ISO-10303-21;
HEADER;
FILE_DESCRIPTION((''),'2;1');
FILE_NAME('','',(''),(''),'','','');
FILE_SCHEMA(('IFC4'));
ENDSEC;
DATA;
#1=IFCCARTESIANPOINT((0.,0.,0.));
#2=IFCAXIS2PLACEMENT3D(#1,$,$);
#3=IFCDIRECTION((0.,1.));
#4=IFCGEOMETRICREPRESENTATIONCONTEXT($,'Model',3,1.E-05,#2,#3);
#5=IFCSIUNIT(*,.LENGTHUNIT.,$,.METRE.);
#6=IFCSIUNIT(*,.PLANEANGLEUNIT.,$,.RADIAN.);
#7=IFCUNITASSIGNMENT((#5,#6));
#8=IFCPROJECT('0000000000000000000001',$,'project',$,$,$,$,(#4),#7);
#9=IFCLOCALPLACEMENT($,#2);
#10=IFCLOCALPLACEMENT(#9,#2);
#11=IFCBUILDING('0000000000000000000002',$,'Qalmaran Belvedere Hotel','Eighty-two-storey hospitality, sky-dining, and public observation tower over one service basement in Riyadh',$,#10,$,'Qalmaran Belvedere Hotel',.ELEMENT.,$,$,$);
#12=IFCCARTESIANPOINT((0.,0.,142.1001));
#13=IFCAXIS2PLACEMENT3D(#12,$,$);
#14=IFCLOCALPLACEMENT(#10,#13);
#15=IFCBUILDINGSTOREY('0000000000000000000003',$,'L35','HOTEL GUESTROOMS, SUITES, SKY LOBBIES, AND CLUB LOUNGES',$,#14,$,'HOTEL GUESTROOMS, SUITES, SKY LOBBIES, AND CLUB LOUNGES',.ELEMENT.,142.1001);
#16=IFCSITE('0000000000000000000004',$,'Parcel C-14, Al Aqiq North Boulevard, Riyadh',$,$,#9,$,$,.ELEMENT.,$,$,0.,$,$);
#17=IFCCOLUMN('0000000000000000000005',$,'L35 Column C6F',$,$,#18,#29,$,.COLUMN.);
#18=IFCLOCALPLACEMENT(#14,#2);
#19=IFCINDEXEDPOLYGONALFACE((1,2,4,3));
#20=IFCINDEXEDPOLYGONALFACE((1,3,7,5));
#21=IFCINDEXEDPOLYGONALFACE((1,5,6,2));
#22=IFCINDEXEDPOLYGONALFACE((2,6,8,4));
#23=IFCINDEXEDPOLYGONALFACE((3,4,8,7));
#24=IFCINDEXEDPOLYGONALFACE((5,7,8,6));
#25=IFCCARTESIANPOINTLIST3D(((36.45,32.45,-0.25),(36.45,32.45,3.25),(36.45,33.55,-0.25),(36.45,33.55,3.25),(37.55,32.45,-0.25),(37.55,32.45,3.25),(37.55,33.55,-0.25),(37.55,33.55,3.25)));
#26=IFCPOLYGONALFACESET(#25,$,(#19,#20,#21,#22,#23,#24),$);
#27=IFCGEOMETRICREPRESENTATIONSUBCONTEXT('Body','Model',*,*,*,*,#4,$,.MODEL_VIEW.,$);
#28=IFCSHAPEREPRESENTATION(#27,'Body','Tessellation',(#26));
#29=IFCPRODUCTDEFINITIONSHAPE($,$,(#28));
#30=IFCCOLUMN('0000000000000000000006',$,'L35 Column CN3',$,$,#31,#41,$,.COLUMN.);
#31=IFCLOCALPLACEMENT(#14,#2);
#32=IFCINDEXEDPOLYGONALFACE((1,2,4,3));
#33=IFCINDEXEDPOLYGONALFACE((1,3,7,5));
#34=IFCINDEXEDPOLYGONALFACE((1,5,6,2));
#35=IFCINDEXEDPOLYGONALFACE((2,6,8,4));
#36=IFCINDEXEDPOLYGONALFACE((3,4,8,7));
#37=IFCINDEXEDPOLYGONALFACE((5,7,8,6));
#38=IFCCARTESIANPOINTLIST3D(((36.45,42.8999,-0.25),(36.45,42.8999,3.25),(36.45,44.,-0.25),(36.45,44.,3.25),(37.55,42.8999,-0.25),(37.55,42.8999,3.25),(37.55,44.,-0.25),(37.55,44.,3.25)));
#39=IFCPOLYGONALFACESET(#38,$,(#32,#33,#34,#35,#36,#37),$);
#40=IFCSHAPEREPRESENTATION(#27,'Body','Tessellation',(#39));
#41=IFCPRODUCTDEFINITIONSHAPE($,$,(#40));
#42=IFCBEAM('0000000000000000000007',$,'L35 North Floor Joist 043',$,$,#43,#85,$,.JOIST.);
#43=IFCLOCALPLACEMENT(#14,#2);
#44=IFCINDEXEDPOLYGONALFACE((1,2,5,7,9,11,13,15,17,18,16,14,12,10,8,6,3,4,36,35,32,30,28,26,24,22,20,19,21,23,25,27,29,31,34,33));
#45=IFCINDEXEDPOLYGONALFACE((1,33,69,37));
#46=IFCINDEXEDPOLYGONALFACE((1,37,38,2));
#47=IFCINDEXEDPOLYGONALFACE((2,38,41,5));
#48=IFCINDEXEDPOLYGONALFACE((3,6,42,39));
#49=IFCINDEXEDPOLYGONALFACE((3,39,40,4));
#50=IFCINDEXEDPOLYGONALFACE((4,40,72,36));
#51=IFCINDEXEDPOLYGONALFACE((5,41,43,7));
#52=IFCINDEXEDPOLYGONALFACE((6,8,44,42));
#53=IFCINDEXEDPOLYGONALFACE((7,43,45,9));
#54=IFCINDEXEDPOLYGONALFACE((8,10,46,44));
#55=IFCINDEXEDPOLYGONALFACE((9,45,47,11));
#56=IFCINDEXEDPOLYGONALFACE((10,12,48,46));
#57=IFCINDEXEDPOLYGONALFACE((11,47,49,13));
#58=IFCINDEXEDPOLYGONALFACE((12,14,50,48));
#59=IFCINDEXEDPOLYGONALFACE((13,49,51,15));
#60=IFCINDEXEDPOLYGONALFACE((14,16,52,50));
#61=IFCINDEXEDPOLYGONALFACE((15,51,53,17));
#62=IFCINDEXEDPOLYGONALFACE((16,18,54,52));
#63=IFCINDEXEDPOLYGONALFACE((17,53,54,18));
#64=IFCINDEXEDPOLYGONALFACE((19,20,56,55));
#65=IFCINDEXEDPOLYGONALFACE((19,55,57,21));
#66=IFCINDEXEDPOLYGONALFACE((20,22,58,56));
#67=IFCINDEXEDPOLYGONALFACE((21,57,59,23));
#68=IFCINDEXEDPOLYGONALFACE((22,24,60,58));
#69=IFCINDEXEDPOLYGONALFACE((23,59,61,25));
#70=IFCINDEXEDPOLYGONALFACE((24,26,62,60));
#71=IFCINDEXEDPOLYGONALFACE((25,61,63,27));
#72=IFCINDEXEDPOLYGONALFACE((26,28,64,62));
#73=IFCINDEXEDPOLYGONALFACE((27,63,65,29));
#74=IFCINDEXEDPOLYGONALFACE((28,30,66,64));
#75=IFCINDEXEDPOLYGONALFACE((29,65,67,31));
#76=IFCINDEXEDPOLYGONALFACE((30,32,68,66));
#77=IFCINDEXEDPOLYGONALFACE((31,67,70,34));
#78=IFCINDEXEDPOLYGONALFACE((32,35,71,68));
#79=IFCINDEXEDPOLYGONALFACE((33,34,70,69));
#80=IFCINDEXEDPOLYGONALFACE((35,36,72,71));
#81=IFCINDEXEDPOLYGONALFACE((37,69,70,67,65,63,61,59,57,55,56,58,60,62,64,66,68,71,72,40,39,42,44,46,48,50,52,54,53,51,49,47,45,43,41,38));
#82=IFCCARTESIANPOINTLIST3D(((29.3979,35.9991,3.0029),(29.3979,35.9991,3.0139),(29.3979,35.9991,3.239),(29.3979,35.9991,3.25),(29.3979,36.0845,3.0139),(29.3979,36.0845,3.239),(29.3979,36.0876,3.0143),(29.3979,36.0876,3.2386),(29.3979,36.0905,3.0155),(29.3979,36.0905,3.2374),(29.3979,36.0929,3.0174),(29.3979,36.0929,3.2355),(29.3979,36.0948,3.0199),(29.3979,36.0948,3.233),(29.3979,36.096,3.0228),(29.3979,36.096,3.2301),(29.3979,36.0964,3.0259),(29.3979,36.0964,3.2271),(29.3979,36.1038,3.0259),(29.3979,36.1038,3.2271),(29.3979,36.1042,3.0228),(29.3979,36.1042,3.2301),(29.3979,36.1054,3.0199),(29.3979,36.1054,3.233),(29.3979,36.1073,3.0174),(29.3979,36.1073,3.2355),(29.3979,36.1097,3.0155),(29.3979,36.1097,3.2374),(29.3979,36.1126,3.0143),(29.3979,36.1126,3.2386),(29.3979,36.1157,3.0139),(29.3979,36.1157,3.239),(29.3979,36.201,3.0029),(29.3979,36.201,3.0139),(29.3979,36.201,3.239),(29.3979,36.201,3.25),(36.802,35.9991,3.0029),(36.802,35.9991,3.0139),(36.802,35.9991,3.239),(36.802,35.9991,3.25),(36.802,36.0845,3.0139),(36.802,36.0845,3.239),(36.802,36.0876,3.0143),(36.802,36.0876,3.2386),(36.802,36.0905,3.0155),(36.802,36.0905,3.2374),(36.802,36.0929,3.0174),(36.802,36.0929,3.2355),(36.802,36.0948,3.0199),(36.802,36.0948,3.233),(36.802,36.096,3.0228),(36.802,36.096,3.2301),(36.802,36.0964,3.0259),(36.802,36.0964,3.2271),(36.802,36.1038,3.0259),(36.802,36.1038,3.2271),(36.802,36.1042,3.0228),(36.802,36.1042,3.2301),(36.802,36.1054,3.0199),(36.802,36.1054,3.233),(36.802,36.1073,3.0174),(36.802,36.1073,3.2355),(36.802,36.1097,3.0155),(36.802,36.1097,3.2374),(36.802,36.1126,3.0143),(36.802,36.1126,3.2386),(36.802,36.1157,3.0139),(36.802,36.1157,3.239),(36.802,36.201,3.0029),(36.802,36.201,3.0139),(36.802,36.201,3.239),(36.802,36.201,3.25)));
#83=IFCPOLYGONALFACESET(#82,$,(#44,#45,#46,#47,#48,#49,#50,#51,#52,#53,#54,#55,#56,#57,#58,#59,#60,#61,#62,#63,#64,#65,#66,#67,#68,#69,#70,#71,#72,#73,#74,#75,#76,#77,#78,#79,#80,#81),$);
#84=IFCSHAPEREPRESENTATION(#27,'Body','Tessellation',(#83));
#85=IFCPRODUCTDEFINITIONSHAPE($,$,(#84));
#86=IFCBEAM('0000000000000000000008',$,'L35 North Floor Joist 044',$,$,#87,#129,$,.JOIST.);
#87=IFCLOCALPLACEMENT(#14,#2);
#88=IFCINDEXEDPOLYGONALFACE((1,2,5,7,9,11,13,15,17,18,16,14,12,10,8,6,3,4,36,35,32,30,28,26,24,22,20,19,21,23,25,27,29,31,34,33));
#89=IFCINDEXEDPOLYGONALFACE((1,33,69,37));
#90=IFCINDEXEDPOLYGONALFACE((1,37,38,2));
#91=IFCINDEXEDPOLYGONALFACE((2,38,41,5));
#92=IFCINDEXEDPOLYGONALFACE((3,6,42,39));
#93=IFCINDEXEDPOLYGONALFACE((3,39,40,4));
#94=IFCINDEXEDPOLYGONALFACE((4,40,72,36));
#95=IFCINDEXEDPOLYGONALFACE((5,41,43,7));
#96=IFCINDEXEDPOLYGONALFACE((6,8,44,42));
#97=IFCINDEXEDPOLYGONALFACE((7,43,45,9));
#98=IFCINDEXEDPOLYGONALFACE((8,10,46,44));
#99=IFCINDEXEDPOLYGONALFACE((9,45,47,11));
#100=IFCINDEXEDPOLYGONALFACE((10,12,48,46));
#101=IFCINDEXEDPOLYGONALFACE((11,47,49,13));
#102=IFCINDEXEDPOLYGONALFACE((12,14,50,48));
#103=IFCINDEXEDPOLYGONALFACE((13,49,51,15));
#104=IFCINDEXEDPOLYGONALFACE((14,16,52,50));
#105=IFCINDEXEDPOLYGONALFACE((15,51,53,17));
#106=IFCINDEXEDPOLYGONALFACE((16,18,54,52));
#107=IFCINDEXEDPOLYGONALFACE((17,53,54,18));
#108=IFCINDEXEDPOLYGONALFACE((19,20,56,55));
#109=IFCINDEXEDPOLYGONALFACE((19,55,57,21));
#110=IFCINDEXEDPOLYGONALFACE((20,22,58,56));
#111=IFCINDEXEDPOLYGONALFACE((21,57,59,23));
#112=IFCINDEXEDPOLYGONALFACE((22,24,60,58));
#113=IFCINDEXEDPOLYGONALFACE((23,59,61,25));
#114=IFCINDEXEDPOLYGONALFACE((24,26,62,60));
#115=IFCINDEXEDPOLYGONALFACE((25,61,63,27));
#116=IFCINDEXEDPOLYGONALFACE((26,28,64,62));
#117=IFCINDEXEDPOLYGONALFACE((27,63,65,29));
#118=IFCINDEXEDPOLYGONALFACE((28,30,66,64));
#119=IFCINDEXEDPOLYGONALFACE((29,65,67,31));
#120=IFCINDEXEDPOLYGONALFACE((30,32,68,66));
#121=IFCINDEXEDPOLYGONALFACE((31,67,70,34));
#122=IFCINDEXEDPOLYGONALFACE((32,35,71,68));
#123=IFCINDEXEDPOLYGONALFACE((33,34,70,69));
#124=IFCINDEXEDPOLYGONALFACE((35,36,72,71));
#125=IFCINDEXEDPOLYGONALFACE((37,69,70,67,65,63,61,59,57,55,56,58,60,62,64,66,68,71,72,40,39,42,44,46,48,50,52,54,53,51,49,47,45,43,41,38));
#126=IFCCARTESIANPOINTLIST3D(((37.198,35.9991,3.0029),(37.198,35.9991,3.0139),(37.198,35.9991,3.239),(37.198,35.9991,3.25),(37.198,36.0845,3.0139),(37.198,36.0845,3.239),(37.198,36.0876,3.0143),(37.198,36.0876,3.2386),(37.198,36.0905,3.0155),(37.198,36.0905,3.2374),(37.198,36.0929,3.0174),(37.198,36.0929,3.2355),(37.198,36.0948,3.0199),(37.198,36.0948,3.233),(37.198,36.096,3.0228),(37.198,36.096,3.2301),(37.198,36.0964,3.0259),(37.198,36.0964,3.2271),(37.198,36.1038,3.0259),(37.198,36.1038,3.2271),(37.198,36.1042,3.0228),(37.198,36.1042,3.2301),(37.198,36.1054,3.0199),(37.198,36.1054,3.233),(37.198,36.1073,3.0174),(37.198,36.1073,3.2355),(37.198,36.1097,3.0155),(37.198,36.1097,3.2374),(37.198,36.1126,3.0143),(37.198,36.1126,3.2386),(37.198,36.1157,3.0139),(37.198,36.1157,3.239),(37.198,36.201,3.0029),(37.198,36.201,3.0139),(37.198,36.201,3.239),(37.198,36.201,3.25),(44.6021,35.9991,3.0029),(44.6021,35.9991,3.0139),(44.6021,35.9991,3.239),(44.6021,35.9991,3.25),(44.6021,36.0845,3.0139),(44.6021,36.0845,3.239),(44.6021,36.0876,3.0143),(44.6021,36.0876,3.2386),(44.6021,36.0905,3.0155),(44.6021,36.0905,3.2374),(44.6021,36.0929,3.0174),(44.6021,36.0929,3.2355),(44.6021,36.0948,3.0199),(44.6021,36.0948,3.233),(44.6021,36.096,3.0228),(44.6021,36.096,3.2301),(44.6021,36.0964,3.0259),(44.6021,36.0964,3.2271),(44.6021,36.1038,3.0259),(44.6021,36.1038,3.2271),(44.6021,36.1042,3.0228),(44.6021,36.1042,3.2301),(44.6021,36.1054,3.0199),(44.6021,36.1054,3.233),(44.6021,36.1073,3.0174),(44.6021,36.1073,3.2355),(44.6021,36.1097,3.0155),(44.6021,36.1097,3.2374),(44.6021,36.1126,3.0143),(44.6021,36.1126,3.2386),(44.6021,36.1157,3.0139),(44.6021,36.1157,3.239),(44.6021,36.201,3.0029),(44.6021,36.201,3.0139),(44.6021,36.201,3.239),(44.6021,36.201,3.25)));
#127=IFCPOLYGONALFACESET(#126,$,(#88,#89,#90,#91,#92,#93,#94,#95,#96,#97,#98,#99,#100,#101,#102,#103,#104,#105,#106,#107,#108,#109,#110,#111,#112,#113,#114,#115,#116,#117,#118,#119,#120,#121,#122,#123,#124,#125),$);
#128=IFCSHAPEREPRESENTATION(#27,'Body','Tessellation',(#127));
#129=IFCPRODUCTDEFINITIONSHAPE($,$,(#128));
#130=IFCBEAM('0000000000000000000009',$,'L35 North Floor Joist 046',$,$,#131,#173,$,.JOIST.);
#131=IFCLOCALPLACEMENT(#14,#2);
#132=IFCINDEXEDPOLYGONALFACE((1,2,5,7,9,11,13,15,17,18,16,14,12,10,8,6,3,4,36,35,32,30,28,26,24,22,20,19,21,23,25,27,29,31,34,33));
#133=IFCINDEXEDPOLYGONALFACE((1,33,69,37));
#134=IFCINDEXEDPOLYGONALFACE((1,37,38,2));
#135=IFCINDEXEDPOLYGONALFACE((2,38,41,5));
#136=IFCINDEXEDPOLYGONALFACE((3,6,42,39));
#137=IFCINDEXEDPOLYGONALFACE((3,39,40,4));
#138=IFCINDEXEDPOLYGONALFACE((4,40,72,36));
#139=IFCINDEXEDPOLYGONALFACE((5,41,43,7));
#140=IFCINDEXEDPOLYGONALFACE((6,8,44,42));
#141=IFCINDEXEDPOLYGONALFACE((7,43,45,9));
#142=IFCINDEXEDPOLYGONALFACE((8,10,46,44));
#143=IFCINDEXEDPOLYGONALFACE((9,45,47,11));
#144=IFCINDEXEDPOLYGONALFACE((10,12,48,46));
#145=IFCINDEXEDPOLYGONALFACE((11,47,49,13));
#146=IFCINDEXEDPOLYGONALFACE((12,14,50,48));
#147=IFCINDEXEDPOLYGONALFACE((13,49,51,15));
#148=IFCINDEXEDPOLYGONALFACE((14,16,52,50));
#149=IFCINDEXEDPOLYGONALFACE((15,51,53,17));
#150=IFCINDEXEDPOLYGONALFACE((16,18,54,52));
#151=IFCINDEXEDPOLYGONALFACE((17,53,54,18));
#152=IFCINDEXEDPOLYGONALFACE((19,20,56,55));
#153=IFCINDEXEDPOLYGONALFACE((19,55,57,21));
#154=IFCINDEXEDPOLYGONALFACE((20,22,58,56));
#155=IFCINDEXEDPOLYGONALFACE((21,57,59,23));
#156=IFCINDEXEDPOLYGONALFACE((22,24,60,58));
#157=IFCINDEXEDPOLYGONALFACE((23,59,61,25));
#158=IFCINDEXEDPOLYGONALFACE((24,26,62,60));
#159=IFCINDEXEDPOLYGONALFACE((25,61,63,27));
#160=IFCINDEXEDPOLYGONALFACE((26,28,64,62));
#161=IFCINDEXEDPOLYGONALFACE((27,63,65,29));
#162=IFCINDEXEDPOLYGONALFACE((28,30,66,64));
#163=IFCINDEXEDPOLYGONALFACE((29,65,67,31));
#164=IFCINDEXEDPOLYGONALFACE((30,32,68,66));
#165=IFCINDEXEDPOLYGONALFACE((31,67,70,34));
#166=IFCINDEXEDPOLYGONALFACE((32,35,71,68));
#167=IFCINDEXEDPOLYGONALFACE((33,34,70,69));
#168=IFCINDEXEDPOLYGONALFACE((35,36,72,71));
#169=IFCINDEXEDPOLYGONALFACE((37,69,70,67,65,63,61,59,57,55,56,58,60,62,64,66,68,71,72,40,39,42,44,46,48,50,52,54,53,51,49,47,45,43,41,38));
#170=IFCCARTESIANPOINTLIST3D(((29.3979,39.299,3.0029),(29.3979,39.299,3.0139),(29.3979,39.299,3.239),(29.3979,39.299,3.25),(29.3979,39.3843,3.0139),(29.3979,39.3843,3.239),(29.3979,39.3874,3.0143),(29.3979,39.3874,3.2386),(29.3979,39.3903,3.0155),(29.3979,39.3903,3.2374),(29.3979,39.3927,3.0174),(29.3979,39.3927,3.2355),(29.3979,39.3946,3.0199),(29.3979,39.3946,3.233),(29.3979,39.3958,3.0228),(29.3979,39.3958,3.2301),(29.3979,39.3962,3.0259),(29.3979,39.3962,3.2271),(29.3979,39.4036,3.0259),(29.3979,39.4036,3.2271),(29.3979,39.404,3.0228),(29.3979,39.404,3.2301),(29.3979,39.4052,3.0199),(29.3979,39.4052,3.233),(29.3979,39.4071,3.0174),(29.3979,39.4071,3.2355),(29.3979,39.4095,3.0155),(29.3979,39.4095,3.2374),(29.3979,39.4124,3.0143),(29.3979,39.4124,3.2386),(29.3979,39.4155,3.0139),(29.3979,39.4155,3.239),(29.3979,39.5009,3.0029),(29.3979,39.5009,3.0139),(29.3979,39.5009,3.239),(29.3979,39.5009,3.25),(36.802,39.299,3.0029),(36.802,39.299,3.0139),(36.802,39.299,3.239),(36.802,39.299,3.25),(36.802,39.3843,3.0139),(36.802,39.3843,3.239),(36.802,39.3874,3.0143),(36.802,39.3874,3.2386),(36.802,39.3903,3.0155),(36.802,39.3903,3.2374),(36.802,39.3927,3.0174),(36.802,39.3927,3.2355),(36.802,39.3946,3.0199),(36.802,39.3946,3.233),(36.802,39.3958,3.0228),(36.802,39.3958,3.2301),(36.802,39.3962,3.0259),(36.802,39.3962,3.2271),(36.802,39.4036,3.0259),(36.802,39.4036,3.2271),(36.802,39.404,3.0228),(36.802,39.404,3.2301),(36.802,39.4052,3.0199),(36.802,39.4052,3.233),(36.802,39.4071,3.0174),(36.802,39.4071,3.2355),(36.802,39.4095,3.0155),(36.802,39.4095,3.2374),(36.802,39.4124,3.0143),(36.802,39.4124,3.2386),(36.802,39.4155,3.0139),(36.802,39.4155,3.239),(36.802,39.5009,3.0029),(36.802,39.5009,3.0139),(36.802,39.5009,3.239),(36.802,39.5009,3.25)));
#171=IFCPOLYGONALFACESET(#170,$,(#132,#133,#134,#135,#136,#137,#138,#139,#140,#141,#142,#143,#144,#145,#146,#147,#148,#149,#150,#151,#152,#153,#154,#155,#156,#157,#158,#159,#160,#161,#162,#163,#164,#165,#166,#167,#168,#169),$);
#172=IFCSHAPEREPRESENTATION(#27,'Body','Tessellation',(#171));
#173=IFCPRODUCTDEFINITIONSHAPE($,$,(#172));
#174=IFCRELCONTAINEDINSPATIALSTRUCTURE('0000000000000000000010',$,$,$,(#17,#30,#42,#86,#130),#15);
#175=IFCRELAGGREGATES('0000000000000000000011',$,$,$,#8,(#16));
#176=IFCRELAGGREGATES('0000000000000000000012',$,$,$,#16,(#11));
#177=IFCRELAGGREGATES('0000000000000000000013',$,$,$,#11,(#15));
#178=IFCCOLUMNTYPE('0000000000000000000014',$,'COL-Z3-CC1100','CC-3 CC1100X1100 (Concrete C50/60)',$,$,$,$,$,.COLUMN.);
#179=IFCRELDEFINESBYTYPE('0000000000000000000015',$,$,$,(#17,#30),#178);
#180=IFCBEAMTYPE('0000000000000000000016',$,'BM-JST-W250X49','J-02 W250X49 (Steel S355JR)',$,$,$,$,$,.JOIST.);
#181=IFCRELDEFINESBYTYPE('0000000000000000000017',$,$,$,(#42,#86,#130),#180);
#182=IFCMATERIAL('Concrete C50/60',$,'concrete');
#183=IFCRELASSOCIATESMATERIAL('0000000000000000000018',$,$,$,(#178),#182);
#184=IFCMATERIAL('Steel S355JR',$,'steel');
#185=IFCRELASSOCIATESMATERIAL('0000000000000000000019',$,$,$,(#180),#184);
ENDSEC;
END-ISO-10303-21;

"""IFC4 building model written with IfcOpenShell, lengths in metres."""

from ifc_helpers import new_model, si_unit, direction, frame, origin, origin_2d, place, context, subcontext, project, spatial, rectangle, i_section, extrude, material, material_profile, profile_set, type_object, element, save


model = new_model("IFC4")

# Units and contexts
model_context = context("Model", 3, precision=1e-05, world=origin(), true_north=direction((0.0, 1.0)))
body_context = subcontext(model_context, "Body", "Model", "MODEL_VIEW")
ifc_project = project(units=[si_unit("LENGTHUNIT", "METRE"), si_unit("PLANEANGLEUNIT", "RADIAN")], contexts=[model_context])

# Site, building, storey
site_placement = place(None, origin())
site = spatial("IfcSite", under=ifc_project, at=site_placement, Name="Parcel C-14, Al Aqiq North Boulevard, Riyadh", CompositionType="ELEMENT", RefElevation=0.0)
building_placement = place(site_placement, origin())
building = spatial("IfcBuilding", under=site, at=building_placement, Name="Qalmaran Belvedere Hotel", Description="Eighty-two-storey hospitality, sky-dining, and public observation tower over one service basement in Riyadh", LongName="Qalmaran Belvedere Hotel", CompositionType="ELEMENT")
storey_placement = place(building_placement, frame((0.0, 0.0, 142.1001)))
storey = spatial("IfcBuildingStorey", under=building, at=storey_placement, Name="L35", Description="HOTEL GUESTROOMS, SUITES, SKY LOBBIES, AND CLUB LOUNGES", LongName="HOTEL GUESTROOMS, SUITES, SKY LOBBIES, AND CLUB LOUNGES", CompositionType="ELEMENT", Elevation=142.1001)

# Columns
ifc_material_1 = material(Name="Concrete C50/60", Category="concrete")
ifc_material_profile_1 = material_profile(ifc_material_1, rectangle(XDim=1.1001, YDim=1.1001, at=origin_2d()), Name="CC1100X1100")
ifc_profile_set_1 = profile_set([ifc_material_profile_1], Name="Concrete C50/60")
column_type = type_object("IfcColumnType", Name="COL-Z3-CC1100", Description="CC-3 CC1100X1100 (Concrete C50/60)", PredefinedType="COLUMN", material=ifc_profile_set_1)
for number, where, z_axis, x_axis, name in (
    (1, (37.0, 33.0, -0.25), (0.0, 0.0, 1.0), (1.0, 0.0, 0.0), "L35 Column C6F"),
    (2, (37.0, 43.45, -0.25), (0.0, 0.0, 1.0), (1.0, 0.0, 0.0), "L35 Column CN3"),
):
    element("IfcColumn", number, at=place(storey_placement, frame(where, z_axis=z_axis, x_axis=x_axis)), inside=storey, type_object=column_type, Name=name, PredefinedType="COLUMN", context=body_context, shape_type="SweptSolid", body=[
        extrude(rectangle(XDim=1.1001, YDim=1.1001, at=origin_2d()), origin(), (0.0, 0.0, 1.0), 3.5),
    ])

# Beams
ifc_material_2 = material(Name="Steel S355JR", Category="steel")
ifc_material_profile_2 = material_profile(ifc_material_2, i_section(OverallWidth=0.2019, OverallDepth=0.2471, WebThickness=0.0073, FlangeThickness=0.011, FilletRadius=0.012, at=origin_2d()), Name="W250X49")
ifc_profile_set_2 = profile_set([ifc_material_profile_2], Name="Steel S355JR")
beam_type_1 = type_object("IfcBeamType", Name="BM-JST-W250X49", Description="J-02 W250X49 (Steel S355JR)", PredefinedType="JOIST", material=ifc_profile_set_2)
for number, where, z_axis, x_axis, name in (
    (3, (29.3979, 36.1001, 3.1265), (1.0, 0.0, 0.0), (0.0, 1.0, 0.0), "L35 North Floor Joist 043"),
    (4, (37.198, 36.1001, 3.1265), (1.0, 0.0, 0.0), (0.0, 1.0, 0.0), "L35 North Floor Joist 044"),
    (5, (29.3979, 39.3999, 3.1265), (1.0, 0.0, 0.0), (0.0, 1.0, 0.0), "L35 North Floor Joist 046"),
):
    element("IfcBeam", number, at=place(storey_placement, frame(where, z_axis=z_axis, x_axis=x_axis)), inside=storey, type_object=beam_type_1, Name=name, PredefinedType="JOIST", context=body_context, shape_type="SweptSolid", body=[
        extrude(i_section(OverallWidth=0.2019, OverallDepth=0.2471, WebThickness=0.0073, FlangeThickness=0.011, FilletRadius=0.012, at=origin_2d()), origin(), (0.0, 0.0, 1.0), 7.4041),
    ])

save(model, "model.ifc")
